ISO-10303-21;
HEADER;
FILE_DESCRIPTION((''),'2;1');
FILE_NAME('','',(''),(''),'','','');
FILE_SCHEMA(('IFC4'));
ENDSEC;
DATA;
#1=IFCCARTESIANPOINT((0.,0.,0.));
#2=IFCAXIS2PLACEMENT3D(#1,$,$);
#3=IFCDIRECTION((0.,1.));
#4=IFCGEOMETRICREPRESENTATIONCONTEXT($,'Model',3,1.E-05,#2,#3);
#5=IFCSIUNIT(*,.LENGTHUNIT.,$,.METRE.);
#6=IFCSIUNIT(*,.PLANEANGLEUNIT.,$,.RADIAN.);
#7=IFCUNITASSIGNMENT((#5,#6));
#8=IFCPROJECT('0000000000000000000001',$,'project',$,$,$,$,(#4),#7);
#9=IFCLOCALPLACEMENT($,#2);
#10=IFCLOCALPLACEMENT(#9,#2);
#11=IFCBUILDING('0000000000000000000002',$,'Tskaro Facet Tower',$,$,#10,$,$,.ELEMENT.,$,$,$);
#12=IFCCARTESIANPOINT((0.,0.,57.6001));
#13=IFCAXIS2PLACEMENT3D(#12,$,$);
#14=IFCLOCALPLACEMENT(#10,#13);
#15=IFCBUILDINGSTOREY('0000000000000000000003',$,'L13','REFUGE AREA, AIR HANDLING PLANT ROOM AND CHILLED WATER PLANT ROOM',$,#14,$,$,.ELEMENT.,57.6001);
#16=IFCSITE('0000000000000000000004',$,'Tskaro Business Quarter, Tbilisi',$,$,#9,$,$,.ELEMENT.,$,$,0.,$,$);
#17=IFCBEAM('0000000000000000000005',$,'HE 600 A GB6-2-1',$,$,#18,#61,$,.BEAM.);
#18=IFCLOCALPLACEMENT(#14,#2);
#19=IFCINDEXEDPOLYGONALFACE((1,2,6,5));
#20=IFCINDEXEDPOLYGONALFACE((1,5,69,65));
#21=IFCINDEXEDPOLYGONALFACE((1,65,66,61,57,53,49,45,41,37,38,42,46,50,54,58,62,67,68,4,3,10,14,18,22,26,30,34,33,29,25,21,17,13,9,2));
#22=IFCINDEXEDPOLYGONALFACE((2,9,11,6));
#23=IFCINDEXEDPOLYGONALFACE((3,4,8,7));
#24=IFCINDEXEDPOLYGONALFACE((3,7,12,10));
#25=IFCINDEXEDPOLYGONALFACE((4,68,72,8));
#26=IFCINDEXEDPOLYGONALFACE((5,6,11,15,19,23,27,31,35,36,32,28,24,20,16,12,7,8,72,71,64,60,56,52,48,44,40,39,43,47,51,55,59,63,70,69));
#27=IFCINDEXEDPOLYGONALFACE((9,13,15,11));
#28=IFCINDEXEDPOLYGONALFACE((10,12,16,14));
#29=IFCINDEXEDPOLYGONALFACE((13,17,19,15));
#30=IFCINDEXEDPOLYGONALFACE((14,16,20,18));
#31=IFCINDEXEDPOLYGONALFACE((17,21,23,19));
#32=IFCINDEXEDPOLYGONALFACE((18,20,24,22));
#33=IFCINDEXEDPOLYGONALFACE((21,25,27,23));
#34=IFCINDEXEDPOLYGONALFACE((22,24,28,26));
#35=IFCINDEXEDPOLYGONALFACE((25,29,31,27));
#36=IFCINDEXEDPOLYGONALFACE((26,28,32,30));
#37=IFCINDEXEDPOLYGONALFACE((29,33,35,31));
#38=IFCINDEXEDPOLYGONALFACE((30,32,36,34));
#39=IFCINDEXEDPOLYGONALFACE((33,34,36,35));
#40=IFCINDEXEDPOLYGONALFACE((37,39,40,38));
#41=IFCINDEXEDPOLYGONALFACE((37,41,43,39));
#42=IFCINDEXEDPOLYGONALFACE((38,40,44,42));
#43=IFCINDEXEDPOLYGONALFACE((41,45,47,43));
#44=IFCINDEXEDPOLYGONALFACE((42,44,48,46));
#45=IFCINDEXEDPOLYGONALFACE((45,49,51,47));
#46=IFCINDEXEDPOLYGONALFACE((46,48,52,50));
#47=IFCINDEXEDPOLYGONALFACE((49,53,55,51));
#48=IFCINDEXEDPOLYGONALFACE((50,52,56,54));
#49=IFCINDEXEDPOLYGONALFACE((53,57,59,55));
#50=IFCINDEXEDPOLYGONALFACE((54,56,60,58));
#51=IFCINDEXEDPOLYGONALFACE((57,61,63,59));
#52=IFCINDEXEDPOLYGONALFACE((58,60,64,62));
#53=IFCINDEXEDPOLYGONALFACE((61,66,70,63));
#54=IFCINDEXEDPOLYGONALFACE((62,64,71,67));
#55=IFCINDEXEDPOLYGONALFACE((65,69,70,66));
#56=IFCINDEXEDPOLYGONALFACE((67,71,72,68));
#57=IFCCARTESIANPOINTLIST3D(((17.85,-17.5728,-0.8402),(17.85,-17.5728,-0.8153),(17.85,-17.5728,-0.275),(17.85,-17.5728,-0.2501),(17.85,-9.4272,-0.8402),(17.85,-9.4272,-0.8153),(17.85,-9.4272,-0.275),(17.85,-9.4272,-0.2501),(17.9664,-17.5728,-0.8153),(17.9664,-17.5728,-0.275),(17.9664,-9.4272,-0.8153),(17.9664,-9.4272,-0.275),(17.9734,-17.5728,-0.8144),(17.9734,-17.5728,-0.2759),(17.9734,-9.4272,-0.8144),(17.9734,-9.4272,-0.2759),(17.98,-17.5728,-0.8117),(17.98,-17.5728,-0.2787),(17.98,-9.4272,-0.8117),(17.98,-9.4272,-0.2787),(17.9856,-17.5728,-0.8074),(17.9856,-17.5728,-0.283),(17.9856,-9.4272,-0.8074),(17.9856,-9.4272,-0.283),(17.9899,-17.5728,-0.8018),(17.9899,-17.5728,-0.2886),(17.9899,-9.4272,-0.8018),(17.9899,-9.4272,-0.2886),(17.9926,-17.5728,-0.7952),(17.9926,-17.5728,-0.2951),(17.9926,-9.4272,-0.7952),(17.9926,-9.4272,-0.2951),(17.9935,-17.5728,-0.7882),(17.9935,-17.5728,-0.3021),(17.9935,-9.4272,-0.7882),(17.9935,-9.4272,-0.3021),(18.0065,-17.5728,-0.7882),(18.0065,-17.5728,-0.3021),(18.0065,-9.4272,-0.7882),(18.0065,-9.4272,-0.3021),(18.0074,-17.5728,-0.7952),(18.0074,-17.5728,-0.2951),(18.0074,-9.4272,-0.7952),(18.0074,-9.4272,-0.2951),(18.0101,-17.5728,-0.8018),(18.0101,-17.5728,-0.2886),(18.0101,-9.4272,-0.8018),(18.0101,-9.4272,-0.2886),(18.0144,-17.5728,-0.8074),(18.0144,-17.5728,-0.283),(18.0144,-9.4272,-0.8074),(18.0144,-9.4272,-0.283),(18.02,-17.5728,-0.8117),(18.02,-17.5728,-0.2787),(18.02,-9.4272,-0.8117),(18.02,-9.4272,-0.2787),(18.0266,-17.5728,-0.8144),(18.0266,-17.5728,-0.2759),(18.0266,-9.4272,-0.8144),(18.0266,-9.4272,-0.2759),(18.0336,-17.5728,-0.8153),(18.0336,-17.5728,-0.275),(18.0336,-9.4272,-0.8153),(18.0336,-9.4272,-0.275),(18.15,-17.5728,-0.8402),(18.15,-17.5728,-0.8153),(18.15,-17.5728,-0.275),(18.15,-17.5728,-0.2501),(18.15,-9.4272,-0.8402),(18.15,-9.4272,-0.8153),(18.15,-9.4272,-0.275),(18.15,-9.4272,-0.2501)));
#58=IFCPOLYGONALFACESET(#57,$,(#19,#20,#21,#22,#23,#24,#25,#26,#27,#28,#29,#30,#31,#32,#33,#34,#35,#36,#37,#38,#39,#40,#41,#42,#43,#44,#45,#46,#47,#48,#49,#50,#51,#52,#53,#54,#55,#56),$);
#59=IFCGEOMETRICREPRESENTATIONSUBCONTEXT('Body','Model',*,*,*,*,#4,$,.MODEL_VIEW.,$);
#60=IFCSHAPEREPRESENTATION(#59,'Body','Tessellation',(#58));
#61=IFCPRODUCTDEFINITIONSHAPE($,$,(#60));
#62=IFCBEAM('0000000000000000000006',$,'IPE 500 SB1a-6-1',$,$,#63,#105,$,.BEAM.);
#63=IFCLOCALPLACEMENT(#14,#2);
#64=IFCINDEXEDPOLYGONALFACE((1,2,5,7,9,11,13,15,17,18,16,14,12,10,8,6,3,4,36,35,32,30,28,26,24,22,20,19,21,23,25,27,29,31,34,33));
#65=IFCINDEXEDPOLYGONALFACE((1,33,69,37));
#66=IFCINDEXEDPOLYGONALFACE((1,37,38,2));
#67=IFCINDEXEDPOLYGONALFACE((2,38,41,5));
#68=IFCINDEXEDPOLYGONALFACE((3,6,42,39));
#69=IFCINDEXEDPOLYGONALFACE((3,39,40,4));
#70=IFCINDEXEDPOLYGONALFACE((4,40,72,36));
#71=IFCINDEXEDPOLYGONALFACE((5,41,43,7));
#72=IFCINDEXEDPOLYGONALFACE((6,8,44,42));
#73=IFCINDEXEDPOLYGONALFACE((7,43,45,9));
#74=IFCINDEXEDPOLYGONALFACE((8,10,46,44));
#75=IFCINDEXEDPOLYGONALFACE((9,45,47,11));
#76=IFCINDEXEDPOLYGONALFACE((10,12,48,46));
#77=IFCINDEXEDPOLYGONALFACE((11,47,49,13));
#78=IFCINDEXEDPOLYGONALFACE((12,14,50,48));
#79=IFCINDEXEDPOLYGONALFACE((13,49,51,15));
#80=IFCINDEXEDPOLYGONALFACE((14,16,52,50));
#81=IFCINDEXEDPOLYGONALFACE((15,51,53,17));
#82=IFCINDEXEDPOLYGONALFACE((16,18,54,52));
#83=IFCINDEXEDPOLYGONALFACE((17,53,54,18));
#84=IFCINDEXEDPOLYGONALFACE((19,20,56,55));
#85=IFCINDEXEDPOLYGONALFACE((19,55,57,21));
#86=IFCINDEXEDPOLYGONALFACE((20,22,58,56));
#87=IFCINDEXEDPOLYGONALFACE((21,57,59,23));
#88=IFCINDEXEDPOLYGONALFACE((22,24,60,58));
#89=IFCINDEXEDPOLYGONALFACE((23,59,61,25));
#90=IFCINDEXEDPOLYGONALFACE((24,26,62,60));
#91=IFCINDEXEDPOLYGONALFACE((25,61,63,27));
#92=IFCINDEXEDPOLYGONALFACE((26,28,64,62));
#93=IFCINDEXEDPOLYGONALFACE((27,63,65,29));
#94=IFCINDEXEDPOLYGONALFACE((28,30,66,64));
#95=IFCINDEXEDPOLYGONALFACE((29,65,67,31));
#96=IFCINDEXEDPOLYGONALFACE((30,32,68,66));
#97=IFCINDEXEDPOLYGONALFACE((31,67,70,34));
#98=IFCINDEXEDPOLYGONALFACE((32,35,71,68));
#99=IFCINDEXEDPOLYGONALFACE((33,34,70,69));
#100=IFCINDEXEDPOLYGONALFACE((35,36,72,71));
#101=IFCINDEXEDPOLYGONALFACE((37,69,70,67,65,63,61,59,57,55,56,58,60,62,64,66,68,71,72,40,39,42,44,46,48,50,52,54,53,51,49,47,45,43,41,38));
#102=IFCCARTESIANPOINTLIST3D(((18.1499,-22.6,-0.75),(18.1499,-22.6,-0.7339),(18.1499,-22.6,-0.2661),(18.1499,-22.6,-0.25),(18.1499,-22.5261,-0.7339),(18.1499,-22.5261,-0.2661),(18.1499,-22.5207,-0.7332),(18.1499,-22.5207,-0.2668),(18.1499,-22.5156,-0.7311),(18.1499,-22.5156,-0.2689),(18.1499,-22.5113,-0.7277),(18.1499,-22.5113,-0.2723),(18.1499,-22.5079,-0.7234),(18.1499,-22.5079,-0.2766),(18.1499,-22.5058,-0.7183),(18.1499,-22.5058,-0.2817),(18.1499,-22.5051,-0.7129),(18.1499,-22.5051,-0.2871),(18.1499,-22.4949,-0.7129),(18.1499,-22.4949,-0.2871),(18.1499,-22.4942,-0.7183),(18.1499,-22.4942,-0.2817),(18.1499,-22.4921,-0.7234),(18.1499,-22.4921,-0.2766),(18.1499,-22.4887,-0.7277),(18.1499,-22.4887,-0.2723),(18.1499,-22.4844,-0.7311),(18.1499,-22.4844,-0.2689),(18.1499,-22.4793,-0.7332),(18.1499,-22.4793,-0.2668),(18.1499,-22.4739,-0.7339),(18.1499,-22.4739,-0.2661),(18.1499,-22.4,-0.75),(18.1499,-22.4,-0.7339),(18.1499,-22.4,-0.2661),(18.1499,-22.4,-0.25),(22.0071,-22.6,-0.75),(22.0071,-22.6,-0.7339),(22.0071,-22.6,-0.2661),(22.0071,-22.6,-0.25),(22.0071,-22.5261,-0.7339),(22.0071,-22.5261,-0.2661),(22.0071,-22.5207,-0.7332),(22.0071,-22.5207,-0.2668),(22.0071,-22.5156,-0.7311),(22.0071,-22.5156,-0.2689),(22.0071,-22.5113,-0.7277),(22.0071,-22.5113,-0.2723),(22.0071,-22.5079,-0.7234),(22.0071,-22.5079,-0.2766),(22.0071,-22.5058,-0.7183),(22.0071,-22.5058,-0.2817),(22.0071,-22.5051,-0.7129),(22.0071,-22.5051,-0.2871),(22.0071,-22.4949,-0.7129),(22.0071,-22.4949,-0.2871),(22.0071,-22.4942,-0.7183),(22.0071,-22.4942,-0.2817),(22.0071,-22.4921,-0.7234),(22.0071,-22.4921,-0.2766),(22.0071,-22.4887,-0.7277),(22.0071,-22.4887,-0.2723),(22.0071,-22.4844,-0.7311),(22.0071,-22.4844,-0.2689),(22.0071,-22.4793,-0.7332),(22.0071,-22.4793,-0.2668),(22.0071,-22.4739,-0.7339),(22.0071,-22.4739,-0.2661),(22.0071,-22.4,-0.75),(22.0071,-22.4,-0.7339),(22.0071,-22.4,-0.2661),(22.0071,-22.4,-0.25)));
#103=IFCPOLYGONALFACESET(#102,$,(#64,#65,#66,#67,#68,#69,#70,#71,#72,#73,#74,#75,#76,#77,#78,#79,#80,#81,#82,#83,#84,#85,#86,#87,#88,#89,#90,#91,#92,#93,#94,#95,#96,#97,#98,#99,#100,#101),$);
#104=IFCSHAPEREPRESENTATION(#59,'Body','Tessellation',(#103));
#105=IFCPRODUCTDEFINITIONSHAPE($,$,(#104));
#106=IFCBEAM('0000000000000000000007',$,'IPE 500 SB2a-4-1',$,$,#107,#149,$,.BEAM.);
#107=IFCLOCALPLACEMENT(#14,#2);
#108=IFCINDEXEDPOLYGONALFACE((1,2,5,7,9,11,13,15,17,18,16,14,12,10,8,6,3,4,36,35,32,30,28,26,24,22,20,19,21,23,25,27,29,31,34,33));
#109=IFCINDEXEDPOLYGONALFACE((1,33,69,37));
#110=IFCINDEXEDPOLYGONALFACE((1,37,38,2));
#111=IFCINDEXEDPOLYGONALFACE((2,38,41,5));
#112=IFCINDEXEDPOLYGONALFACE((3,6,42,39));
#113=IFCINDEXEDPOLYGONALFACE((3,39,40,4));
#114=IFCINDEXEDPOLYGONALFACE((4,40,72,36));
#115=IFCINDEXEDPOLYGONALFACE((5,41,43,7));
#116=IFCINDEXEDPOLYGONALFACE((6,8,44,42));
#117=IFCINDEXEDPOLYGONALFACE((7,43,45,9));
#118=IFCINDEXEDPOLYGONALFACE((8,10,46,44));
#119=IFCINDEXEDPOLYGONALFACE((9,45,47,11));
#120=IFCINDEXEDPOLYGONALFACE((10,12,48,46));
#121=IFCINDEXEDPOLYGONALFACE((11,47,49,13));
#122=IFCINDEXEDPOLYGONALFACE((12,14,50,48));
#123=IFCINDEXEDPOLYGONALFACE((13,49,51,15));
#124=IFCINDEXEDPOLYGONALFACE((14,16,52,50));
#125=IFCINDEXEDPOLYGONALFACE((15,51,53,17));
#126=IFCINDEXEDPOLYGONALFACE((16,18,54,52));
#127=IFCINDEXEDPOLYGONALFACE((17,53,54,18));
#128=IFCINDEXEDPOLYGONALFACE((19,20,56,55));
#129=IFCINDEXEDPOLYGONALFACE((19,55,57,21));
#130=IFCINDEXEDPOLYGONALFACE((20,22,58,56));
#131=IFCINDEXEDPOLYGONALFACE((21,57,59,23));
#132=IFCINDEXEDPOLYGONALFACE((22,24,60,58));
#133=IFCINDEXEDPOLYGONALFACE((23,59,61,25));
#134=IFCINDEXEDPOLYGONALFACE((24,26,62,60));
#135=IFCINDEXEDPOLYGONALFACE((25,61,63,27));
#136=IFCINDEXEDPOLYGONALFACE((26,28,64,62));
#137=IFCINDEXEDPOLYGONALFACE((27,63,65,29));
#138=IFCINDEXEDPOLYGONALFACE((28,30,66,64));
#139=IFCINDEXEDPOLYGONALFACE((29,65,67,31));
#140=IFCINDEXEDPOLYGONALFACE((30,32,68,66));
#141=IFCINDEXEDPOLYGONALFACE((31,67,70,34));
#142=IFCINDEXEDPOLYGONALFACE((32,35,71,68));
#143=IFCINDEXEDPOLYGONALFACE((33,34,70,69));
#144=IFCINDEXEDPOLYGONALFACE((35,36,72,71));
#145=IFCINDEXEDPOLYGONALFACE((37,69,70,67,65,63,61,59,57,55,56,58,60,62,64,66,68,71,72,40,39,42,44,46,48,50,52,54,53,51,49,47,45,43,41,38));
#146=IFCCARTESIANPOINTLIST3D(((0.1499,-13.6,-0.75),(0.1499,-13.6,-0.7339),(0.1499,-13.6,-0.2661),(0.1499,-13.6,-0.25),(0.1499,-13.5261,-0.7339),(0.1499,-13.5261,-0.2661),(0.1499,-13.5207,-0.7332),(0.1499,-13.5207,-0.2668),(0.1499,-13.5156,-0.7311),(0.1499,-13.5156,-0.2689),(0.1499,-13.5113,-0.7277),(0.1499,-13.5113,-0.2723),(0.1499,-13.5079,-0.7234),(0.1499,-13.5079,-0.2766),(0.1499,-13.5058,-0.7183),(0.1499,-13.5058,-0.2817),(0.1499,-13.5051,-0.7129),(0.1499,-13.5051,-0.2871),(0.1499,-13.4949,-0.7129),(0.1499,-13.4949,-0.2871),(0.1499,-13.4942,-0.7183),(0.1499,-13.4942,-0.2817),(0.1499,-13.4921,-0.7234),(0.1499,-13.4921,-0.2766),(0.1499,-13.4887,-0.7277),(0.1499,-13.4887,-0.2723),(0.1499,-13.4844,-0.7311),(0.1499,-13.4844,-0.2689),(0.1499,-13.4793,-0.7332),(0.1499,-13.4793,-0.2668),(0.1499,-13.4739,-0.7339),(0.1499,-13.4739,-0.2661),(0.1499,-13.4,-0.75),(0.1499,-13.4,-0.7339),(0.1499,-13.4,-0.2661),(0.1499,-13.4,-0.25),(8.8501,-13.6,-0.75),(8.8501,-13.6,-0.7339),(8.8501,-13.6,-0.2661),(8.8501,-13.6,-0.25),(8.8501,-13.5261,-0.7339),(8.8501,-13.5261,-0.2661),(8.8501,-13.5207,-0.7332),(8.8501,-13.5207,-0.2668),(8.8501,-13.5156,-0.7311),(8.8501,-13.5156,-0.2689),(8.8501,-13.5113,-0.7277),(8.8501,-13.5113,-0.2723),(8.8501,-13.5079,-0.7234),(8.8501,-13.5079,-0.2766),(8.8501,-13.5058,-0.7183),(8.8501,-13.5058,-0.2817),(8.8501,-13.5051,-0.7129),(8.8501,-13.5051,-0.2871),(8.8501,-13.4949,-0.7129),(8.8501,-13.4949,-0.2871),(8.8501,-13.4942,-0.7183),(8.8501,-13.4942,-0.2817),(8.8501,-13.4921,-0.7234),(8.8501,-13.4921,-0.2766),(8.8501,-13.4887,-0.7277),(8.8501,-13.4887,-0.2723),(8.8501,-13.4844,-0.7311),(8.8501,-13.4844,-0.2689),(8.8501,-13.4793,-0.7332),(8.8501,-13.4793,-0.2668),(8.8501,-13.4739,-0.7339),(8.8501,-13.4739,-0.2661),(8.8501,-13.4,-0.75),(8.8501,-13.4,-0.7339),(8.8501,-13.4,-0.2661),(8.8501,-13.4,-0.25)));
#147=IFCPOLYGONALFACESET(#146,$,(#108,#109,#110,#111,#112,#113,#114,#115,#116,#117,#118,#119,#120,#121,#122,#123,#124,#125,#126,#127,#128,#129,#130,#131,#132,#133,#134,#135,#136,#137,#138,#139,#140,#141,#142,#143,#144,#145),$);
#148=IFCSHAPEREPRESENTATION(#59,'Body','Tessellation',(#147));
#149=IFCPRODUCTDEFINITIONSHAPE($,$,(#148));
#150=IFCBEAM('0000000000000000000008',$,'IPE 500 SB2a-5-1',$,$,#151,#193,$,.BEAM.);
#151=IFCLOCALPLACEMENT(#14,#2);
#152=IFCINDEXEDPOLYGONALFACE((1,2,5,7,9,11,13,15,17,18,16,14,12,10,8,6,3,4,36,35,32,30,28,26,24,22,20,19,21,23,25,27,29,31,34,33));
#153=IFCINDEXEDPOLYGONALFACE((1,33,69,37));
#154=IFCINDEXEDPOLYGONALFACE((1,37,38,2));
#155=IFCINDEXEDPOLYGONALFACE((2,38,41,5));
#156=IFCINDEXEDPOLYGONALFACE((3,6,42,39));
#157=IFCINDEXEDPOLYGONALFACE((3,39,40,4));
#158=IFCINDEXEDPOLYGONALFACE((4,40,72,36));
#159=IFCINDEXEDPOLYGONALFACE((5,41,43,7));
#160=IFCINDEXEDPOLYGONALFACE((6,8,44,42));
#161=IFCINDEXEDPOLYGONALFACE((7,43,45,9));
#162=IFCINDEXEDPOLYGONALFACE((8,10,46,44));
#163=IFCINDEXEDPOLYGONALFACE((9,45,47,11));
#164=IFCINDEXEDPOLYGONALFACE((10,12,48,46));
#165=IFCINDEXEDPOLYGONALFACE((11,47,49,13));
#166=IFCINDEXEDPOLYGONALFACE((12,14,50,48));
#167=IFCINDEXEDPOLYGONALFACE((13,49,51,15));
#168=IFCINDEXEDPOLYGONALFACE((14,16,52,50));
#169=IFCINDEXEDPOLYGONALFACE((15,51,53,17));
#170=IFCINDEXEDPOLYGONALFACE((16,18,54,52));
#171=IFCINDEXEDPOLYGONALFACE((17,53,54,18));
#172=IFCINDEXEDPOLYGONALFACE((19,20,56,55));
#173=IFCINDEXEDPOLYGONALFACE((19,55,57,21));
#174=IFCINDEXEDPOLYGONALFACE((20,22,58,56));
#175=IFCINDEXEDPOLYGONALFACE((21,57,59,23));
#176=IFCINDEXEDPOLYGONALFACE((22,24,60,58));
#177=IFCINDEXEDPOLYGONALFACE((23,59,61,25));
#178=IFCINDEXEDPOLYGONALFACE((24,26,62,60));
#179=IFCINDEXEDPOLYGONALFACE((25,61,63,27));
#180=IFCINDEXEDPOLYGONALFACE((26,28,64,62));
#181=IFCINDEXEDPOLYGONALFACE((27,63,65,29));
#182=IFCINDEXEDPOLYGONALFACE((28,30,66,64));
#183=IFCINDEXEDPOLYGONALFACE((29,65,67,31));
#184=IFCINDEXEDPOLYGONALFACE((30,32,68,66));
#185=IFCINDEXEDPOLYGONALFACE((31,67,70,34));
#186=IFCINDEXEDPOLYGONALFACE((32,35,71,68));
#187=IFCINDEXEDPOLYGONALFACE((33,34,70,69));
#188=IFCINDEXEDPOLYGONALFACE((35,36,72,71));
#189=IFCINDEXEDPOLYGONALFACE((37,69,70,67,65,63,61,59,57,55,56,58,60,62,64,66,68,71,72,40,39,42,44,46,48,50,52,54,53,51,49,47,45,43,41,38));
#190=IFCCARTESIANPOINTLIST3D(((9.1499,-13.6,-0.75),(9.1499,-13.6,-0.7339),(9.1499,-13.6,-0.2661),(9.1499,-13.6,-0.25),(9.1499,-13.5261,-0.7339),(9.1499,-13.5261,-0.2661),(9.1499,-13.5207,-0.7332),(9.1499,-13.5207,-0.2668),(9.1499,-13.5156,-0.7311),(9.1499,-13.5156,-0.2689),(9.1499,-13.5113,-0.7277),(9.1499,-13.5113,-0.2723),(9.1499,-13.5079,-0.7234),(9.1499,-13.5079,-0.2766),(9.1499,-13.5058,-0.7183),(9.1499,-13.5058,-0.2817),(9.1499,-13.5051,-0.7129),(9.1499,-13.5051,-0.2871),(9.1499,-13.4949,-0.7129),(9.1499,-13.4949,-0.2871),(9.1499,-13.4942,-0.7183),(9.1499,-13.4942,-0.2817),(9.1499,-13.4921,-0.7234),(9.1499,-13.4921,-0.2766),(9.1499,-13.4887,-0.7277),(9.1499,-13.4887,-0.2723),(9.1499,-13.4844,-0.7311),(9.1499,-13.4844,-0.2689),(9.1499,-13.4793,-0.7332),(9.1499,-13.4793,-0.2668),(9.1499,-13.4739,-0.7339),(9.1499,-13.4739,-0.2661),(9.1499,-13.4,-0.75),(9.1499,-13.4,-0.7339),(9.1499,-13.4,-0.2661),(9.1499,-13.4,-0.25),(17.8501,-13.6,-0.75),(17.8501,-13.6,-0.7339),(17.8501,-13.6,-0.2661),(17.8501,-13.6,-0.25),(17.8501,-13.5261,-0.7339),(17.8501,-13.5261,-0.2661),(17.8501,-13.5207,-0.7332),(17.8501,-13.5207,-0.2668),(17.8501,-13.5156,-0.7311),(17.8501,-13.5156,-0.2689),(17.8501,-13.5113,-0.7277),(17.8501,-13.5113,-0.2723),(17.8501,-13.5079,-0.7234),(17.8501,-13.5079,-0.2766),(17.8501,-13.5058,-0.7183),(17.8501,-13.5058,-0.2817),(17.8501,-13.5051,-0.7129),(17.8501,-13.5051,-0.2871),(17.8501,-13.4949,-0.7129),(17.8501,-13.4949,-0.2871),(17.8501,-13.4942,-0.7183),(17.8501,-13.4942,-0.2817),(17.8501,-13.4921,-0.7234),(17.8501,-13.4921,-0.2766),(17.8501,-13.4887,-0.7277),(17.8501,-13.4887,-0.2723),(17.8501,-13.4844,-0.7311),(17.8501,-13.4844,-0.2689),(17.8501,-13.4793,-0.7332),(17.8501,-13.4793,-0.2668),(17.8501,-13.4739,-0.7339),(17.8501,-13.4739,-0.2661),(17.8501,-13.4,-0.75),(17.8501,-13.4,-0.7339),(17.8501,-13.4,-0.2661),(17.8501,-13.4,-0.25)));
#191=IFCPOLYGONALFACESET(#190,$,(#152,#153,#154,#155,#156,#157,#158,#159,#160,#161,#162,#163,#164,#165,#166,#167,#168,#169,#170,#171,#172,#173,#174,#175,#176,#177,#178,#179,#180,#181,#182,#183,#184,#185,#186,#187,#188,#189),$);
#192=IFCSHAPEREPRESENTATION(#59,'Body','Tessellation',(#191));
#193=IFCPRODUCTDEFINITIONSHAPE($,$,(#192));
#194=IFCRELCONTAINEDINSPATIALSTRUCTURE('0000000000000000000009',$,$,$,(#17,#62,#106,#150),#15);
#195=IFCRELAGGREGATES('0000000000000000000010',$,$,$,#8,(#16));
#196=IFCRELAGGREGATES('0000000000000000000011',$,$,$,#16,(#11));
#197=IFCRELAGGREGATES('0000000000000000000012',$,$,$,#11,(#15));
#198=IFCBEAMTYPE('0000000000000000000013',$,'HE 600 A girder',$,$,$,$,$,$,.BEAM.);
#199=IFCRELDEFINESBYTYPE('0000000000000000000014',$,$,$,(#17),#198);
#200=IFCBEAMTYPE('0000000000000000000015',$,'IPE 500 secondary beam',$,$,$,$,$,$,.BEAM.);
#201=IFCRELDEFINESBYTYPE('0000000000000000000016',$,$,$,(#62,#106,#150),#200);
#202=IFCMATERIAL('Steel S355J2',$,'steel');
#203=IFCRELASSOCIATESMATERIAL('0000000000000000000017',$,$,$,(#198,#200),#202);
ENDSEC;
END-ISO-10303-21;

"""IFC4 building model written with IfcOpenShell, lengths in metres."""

from ifc_helpers import new_model, si_unit, direction, frame, origin, origin_2d, place, context, subcontext, project, spatial, i_section, extrude, material, material_profile, profile_set, type_object, element, save


model = new_model("IFC4")

# Units and contexts
model_context = context("Model", 3, precision=1e-05, world=origin(), true_north=direction((0.0, 1.0)))
body_context = subcontext(model_context, "Body", "Model", "MODEL_VIEW")
ifc_project = project(units=[si_unit("LENGTHUNIT", "METRE"), si_unit("PLANEANGLEUNIT", "RADIAN")], contexts=[model_context])

# Site, building, storey
site_placement = place(None, origin())
site = spatial("IfcSite", under=ifc_project, at=site_placement, Name="Tskaro Business Quarter, Tbilisi", CompositionType="ELEMENT", RefElevation=0.0)
building_placement = place(site_placement, origin())
building = spatial("IfcBuilding", under=site, at=building_placement, Name="Tskaro Facet Tower", CompositionType="ELEMENT")
storey_placement = place(building_placement, frame((0.0, 0.0, 57.6001)))
storey = spatial("IfcBuildingStorey", under=building, at=storey_placement, Name="L13", Description="REFUGE AREA, AIR HANDLING PLANT ROOM AND CHILLED WATER PLANT ROOM", CompositionType="ELEMENT", Elevation=57.6001)

# Beams
ifc_material_1 = material(Name="Steel S355J2", Category="steel")
ifc_material_profile_1 = material_profile(ifc_material_1, i_section(OverallWidth=0.3, OverallDepth=0.5901, WebThickness=0.0129, FlangeThickness=0.0249, FilletRadius=0.0271, at=origin_2d()), Name="HE 600 A")
ifc_profile_set_1 = profile_set([ifc_material_profile_1], Name="Steel S355J2")
beam_type_1 = type_object("IfcBeamType", Name="HE 600 A girder", PredefinedType="BEAM", material=ifc_profile_set_1)
beam_1_placement = place(storey_placement, frame((18.0, -17.5728, -0.5452), z_axis=(0.0, 1.0, 0.0), x_axis=(-1.0, 0.0, 0.0)))
element("IfcBeam", 1, at=beam_1_placement, inside=storey, type_object=beam_type_1, Name="HE 600 A GB6-2-1", PredefinedType="BEAM", context=body_context, shape_type="SweptSolid", body=[
    extrude(i_section(OverallWidth=0.3, OverallDepth=0.5901, WebThickness=0.0129, FlangeThickness=0.0249, FilletRadius=0.0271, at=origin_2d()), origin(), (0.0, 0.0, 1.0), 8.1455),
])
ifc_material_profile_2 = material_profile(ifc_material_1, i_section(OverallWidth=0.2, OverallDepth=0.5, WebThickness=0.0103, FlangeThickness=0.0161, FilletRadius=0.021, at=origin_2d()), Name="IPE 500")
ifc_profile_set_2 = profile_set([ifc_material_profile_2], Name="Steel S355J2")
beam_type_2 = type_object("IfcBeamType", Name="IPE 500 secondary beam", PredefinedType="BEAM", material=ifc_profile_set_2)
beam_2_placement = place(storey_placement, frame((18.1499, -22.5, -0.5), z_axis=(1.0, 0.0, 0.0), x_axis=(0.0, 1.0, 0.0)))
element("IfcBeam", 2, at=beam_2_placement, inside=storey, type_object=beam_type_2, Name="IPE 500 SB1a-6-1", PredefinedType="BEAM", context=body_context, shape_type="SweptSolid", body=[
    extrude(i_section(OverallWidth=0.2, OverallDepth=0.5, WebThickness=0.0103, FlangeThickness=0.0161, FilletRadius=0.021, at=origin_2d()), origin(), (0.0, 0.0, 1.0), 3.8572),
])
for number, where, z_axis, x_axis, name in (
    (3, (0.1499, -13.5, -0.5), (1.0, 0.0, 0.0), (0.0, 1.0, 0.0), "IPE 500 SB2a-4-1"),
    (4, (9.1499, -13.5, -0.5), (1.0, 0.0, 0.0), (0.0, 1.0, 0.0), "IPE 500 SB2a-5-1"),
):
    element("IfcBeam", number, at=place(storey_placement, frame(where, z_axis=z_axis, x_axis=x_axis)), inside=storey, type_object=beam_type_2, Name=name, PredefinedType="BEAM", context=body_context, shape_type="SweptSolid", body=[
        extrude(i_section(OverallWidth=0.2, OverallDepth=0.5, WebThickness=0.0103, FlangeThickness=0.0161, FilletRadius=0.021, at=origin_2d()), origin(), (0.0, 0.0, 1.0), 8.7002),
    ])

save(model, "model.ifc")
